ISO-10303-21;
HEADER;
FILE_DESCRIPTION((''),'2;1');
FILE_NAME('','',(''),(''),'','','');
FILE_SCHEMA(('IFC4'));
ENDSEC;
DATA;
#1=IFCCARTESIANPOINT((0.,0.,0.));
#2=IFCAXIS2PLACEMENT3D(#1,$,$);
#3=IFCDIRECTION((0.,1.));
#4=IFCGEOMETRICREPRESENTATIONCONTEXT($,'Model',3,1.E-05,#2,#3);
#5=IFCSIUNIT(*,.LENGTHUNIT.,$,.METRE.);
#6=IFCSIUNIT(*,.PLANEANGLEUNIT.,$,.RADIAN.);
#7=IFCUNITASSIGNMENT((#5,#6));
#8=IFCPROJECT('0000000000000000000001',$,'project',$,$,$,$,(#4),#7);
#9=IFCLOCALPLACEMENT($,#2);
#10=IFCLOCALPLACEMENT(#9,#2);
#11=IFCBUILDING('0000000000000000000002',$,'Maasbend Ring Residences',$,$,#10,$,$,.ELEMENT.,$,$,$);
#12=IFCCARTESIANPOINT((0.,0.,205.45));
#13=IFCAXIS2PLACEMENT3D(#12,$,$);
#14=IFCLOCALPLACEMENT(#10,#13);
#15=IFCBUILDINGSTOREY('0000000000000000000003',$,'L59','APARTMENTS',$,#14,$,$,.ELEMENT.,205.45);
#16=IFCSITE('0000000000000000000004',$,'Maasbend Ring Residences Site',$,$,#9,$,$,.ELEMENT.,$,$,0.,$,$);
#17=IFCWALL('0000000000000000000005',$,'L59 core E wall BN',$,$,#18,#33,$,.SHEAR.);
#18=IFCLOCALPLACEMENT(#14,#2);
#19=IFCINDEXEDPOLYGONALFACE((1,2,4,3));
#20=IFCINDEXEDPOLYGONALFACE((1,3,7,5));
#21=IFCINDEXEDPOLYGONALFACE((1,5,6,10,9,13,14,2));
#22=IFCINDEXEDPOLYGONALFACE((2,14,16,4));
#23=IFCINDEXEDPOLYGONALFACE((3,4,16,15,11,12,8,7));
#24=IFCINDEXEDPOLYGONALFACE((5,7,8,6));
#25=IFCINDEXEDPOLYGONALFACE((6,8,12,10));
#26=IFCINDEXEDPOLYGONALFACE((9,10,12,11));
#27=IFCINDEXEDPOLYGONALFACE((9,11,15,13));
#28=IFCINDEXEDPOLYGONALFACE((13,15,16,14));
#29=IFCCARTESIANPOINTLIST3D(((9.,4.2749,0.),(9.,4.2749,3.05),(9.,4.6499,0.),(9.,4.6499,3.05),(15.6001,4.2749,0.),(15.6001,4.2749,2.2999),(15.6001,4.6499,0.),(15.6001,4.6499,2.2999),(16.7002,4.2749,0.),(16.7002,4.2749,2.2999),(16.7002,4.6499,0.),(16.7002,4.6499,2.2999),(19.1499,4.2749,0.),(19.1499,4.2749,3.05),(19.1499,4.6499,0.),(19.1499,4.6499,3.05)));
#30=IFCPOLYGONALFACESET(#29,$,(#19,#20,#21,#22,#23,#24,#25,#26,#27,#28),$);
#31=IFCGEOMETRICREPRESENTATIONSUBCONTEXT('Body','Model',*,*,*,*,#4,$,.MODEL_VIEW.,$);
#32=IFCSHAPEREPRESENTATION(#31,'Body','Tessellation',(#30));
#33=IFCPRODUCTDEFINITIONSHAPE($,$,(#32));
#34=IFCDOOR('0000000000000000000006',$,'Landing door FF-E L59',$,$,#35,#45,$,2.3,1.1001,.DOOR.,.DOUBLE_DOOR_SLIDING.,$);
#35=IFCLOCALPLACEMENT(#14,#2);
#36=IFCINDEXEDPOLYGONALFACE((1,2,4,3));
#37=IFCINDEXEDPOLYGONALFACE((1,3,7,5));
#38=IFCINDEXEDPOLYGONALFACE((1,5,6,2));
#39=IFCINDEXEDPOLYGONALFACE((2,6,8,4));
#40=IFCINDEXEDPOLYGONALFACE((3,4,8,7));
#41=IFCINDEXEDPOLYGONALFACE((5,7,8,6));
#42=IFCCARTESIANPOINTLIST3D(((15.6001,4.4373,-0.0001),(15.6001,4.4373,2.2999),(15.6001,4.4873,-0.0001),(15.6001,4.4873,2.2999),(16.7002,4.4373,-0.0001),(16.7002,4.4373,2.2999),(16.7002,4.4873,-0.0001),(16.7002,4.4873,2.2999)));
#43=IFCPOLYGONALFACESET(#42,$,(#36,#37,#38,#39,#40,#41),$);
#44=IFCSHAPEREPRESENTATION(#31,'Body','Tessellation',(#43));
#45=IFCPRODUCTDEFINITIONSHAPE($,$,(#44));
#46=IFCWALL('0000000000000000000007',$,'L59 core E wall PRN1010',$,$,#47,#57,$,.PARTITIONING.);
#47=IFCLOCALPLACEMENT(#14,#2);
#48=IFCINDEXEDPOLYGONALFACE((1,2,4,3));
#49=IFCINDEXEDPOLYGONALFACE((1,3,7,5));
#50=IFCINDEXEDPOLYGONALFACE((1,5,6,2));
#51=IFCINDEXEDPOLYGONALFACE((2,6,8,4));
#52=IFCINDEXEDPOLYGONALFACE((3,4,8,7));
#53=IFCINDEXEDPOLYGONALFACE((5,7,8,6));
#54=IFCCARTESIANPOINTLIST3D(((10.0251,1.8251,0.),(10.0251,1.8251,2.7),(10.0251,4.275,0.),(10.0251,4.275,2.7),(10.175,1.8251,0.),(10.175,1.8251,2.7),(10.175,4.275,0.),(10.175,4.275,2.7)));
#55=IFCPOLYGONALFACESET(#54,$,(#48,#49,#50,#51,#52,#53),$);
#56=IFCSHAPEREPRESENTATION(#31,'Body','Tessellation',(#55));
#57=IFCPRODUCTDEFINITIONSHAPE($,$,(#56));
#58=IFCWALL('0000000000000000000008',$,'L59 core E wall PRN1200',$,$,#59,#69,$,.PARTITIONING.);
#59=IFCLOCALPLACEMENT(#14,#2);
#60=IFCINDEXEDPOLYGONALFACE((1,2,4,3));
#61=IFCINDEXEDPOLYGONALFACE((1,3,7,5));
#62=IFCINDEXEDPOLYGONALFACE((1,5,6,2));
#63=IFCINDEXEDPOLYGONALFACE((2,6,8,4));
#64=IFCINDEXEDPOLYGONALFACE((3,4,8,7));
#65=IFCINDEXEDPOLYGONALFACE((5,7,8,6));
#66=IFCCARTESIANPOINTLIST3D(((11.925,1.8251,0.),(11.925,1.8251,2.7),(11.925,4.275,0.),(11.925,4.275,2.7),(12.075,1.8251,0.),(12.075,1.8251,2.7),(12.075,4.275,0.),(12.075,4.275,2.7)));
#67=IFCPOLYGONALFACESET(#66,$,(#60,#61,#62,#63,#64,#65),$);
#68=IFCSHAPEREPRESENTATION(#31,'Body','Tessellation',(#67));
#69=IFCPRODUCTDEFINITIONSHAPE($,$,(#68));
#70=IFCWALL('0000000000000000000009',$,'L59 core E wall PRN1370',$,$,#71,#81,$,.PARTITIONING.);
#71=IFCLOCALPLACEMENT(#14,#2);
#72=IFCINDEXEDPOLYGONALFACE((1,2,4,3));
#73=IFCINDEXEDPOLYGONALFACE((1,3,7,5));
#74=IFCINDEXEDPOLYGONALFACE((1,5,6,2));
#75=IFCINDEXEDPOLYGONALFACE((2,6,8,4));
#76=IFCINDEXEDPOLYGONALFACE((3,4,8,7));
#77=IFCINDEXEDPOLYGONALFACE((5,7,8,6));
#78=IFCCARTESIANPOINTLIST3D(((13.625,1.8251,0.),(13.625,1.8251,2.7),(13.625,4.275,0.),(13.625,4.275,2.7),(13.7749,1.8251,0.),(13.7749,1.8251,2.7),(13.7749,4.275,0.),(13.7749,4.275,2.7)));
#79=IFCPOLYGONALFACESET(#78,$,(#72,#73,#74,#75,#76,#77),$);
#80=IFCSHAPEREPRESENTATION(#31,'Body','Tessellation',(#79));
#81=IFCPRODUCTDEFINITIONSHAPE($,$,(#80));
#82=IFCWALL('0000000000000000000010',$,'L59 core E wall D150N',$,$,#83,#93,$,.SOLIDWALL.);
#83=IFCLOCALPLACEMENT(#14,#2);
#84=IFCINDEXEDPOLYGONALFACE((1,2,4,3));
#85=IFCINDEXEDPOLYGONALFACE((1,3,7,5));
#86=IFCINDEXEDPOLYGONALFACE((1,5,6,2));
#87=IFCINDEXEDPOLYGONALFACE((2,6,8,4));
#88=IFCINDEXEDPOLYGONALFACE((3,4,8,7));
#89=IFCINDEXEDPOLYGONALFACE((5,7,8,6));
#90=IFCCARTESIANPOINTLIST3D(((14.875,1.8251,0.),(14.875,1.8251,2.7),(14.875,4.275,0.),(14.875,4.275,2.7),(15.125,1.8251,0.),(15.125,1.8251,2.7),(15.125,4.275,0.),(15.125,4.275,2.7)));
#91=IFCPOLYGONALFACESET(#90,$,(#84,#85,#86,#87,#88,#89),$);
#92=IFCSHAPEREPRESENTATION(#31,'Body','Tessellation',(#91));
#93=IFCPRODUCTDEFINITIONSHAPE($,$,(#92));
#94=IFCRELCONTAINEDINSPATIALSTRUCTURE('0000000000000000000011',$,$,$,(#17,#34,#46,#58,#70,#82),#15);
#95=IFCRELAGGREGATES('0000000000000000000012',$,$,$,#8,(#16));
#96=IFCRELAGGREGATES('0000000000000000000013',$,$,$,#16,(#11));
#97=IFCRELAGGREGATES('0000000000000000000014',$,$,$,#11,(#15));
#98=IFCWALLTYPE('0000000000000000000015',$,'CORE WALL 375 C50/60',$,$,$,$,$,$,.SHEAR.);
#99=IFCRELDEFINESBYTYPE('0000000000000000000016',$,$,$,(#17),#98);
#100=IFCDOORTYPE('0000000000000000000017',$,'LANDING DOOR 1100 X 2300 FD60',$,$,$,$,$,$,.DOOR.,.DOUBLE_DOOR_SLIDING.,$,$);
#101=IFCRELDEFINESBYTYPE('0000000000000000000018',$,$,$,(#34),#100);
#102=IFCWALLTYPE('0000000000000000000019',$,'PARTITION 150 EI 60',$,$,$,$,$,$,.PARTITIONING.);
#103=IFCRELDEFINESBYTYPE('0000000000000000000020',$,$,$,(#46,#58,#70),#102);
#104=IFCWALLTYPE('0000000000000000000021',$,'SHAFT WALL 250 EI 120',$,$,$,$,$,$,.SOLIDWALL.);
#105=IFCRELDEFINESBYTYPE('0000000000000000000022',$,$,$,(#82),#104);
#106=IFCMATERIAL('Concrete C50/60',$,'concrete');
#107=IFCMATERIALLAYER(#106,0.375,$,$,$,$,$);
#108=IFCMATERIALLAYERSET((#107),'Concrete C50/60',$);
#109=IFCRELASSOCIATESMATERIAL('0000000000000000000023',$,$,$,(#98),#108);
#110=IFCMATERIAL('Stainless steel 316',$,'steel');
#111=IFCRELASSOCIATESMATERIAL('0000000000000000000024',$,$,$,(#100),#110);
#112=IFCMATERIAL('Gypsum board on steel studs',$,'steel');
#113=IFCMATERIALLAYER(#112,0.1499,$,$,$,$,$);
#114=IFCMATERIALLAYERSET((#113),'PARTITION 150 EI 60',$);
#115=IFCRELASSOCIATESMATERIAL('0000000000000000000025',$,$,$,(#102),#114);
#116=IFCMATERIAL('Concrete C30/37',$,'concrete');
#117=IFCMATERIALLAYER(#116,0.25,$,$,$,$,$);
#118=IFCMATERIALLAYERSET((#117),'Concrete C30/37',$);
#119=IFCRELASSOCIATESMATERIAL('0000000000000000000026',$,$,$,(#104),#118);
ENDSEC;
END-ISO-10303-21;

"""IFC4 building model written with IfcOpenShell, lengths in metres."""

from ifc_helpers import new_model, si_unit, direction, frame, frame_2d, origin, place, context, subcontext, project, spatial, rectangle, extrude, material, layer, layer_set, type_object, element, fill, save


model = new_model("IFC4")

# Units and contexts
model_context = context("Model", 3, precision=1e-05, world=origin(), true_north=direction((0.0, 1.0)))
body_context = subcontext(model_context, "Body", "Model", "MODEL_VIEW")
ifc_project = project(units=[si_unit("LENGTHUNIT", "METRE"), si_unit("PLANEANGLEUNIT", "RADIAN")], contexts=[model_context])

# Site, building, storey
site_placement = place(None, origin())
site = spatial("IfcSite", under=ifc_project, at=site_placement, Name="Maasbend Ring Residences Site", CompositionType="ELEMENT", RefElevation=0.0)
building_placement = place(site_placement, origin())
building = spatial("IfcBuilding", under=site, at=building_placement, Name="Maasbend Ring Residences", CompositionType="ELEMENT")
storey_placement = place(building_placement, frame((0.0, 0.0, 205.45)))
storey = spatial("IfcBuildingStorey", under=building, at=storey_placement, Name="L59", Description="APARTMENTS", CompositionType="ELEMENT", Elevation=205.45)

# Wall, opening, door
ifc_material_1 = material(Name="Concrete C50/60", Category="concrete")
ifc_layer_1 = layer(ifc_material_1, 0.375)
ifc_layer_set_1 = layer_set([ifc_layer_1], Name="Concrete C50/60")
wall_type_1 = type_object("IfcWallType", Name="CORE WALL 375 C50/60", PredefinedType="SHEAR", material=ifc_layer_set_1)
wall_1_placement = place(storey_placement, frame((9.0, 4.4624, 0.0), z_axis=(0.0, 0.0, 1.0), x_axis=(1.0, 0.0, 0.0)))
wall_1 = element("IfcWall", 1, at=wall_1_placement, inside=storey, type_object=wall_type_1, Name="L59 core E wall BN", PredefinedType="SHEAR", context=body_context, shape_type="SweptSolid", body=[
    extrude(rectangle(XDim=10.1499, YDim=0.375, at=frame_2d((5.075, 0.0))), origin(), (0.0, 0.0, 1.0), 3.05),
])
opening_1_placement = place(wall_1_placement, frame((6.6001, 0.0, 0.0)))
opening_1 = element("IfcOpeningElement", 2, at=opening_1_placement, cuts=wall_1, PredefinedType="OPENING", context=body_context, shape_type="SweptSolid", body=[
    extrude(rectangle(XDim=1.1001, YDim=2.3, at=frame_2d((0.55, 1.1499))), frame((0.0, 0.1975, 0.0), z_axis=(0.0, -1.0, 0.0), x_axis=(1.0, 0.0, 0.0)), (0.0, 0.0, 1.0), 0.395),
])
ifc_material_2 = material(Name="Stainless steel 316", Category="steel")
door_type_1 = type_object("IfcDoorType", Name="LANDING DOOR 1100 X 2300 FD60", OperationType="DOUBLE_DOOR_SLIDING", PredefinedType="DOOR", material=ifc_material_2)
door_1_placement = place(opening_1_placement, origin())
door_1 = element("IfcDoor", 3, at=door_1_placement, inside=storey, type_object=door_type_1, Name="Landing door FF-E L59", OperationType="DOUBLE_DOOR_SLIDING", OverallHeight=2.3, OverallWidth=1.1001, PredefinedType="DOOR", context=body_context, shape_type="SweptSolid", body=[
    extrude(rectangle(XDim=1.1001, YDim=2.3, at=frame_2d((0.55, 1.1499))), frame((0.0, 0.0249, 0.0), z_axis=(0.0, -1.0, 0.0), x_axis=(1.0, 0.0, 0.0)), (0.0, 0.0, 1.0), 0.05),
])
fill(opening_1, door_1)

# Walls
ifc_material_3 = material(Name="Gypsum board on steel studs", Category="steel")
ifc_layer_2 = layer(ifc_material_3, 0.1499)
ifc_layer_set_2 = layer_set([ifc_layer_2], Name="PARTITION 150 EI 60")
wall_type_2 = type_object("IfcWallType", Name="PARTITION 150 EI 60", PredefinedType="PARTITIONING", material=ifc_layer_set_2)
for number, where, z_axis, x_axis, name in (
    (4, (10.1001, 1.825, 0.0), (0.0, 0.0, 1.0), (0.0, 1.0, 0.0), "L59 core E wall PRN1010"),
    (5, (12.0, 1.825, 0.0), (0.0, 0.0, 1.0), (0.0, 1.0, 0.0), "L59 core E wall PRN1200"),
    (6, (13.7, 1.825, 0.0), (0.0, 0.0, 1.0), (0.0, 1.0, 0.0), "L59 core E wall PRN1370"),
):
    element("IfcWall", number, at=place(storey_placement, frame(where, z_axis=z_axis, x_axis=x_axis)), inside=storey, type_object=wall_type_2, Name=name, PredefinedType="PARTITIONING", context=body_context, shape_type="SweptSolid", body=[
        extrude(rectangle(XDim=2.45, YDim=0.1499, at=frame_2d((1.2251, 0.0))), origin(), (0.0, 0.0, 1.0), 2.7),
    ])
ifc_material_4 = material(Name="Concrete C30/37", Category="concrete")
ifc_layer_3 = layer(ifc_material_4, 0.25)
ifc_layer_set_3 = layer_set([ifc_layer_3], Name="Concrete C30/37")
wall_type_3 = type_object("IfcWallType", Name="SHAFT WALL 250 EI 120", PredefinedType="SOLIDWALL", material=ifc_layer_set_3)
wall_2_placement = place(storey_placement, frame((15.0, 1.825, 0.0), z_axis=(0.0, 0.0, 1.0), x_axis=(0.0, 1.0, 0.0)))
element("IfcWall", 7, at=wall_2_placement, inside=storey, type_object=wall_type_3, Name="L59 core E wall D150N", PredefinedType="SOLIDWALL", context=body_context, shape_type="SweptSolid", body=[
    extrude(rectangle(XDim=2.45, YDim=0.25, at=frame_2d((1.2251, 0.0))), origin(), (0.0, 0.0, 1.0), 2.7),
])

save(model, "model.ifc")
